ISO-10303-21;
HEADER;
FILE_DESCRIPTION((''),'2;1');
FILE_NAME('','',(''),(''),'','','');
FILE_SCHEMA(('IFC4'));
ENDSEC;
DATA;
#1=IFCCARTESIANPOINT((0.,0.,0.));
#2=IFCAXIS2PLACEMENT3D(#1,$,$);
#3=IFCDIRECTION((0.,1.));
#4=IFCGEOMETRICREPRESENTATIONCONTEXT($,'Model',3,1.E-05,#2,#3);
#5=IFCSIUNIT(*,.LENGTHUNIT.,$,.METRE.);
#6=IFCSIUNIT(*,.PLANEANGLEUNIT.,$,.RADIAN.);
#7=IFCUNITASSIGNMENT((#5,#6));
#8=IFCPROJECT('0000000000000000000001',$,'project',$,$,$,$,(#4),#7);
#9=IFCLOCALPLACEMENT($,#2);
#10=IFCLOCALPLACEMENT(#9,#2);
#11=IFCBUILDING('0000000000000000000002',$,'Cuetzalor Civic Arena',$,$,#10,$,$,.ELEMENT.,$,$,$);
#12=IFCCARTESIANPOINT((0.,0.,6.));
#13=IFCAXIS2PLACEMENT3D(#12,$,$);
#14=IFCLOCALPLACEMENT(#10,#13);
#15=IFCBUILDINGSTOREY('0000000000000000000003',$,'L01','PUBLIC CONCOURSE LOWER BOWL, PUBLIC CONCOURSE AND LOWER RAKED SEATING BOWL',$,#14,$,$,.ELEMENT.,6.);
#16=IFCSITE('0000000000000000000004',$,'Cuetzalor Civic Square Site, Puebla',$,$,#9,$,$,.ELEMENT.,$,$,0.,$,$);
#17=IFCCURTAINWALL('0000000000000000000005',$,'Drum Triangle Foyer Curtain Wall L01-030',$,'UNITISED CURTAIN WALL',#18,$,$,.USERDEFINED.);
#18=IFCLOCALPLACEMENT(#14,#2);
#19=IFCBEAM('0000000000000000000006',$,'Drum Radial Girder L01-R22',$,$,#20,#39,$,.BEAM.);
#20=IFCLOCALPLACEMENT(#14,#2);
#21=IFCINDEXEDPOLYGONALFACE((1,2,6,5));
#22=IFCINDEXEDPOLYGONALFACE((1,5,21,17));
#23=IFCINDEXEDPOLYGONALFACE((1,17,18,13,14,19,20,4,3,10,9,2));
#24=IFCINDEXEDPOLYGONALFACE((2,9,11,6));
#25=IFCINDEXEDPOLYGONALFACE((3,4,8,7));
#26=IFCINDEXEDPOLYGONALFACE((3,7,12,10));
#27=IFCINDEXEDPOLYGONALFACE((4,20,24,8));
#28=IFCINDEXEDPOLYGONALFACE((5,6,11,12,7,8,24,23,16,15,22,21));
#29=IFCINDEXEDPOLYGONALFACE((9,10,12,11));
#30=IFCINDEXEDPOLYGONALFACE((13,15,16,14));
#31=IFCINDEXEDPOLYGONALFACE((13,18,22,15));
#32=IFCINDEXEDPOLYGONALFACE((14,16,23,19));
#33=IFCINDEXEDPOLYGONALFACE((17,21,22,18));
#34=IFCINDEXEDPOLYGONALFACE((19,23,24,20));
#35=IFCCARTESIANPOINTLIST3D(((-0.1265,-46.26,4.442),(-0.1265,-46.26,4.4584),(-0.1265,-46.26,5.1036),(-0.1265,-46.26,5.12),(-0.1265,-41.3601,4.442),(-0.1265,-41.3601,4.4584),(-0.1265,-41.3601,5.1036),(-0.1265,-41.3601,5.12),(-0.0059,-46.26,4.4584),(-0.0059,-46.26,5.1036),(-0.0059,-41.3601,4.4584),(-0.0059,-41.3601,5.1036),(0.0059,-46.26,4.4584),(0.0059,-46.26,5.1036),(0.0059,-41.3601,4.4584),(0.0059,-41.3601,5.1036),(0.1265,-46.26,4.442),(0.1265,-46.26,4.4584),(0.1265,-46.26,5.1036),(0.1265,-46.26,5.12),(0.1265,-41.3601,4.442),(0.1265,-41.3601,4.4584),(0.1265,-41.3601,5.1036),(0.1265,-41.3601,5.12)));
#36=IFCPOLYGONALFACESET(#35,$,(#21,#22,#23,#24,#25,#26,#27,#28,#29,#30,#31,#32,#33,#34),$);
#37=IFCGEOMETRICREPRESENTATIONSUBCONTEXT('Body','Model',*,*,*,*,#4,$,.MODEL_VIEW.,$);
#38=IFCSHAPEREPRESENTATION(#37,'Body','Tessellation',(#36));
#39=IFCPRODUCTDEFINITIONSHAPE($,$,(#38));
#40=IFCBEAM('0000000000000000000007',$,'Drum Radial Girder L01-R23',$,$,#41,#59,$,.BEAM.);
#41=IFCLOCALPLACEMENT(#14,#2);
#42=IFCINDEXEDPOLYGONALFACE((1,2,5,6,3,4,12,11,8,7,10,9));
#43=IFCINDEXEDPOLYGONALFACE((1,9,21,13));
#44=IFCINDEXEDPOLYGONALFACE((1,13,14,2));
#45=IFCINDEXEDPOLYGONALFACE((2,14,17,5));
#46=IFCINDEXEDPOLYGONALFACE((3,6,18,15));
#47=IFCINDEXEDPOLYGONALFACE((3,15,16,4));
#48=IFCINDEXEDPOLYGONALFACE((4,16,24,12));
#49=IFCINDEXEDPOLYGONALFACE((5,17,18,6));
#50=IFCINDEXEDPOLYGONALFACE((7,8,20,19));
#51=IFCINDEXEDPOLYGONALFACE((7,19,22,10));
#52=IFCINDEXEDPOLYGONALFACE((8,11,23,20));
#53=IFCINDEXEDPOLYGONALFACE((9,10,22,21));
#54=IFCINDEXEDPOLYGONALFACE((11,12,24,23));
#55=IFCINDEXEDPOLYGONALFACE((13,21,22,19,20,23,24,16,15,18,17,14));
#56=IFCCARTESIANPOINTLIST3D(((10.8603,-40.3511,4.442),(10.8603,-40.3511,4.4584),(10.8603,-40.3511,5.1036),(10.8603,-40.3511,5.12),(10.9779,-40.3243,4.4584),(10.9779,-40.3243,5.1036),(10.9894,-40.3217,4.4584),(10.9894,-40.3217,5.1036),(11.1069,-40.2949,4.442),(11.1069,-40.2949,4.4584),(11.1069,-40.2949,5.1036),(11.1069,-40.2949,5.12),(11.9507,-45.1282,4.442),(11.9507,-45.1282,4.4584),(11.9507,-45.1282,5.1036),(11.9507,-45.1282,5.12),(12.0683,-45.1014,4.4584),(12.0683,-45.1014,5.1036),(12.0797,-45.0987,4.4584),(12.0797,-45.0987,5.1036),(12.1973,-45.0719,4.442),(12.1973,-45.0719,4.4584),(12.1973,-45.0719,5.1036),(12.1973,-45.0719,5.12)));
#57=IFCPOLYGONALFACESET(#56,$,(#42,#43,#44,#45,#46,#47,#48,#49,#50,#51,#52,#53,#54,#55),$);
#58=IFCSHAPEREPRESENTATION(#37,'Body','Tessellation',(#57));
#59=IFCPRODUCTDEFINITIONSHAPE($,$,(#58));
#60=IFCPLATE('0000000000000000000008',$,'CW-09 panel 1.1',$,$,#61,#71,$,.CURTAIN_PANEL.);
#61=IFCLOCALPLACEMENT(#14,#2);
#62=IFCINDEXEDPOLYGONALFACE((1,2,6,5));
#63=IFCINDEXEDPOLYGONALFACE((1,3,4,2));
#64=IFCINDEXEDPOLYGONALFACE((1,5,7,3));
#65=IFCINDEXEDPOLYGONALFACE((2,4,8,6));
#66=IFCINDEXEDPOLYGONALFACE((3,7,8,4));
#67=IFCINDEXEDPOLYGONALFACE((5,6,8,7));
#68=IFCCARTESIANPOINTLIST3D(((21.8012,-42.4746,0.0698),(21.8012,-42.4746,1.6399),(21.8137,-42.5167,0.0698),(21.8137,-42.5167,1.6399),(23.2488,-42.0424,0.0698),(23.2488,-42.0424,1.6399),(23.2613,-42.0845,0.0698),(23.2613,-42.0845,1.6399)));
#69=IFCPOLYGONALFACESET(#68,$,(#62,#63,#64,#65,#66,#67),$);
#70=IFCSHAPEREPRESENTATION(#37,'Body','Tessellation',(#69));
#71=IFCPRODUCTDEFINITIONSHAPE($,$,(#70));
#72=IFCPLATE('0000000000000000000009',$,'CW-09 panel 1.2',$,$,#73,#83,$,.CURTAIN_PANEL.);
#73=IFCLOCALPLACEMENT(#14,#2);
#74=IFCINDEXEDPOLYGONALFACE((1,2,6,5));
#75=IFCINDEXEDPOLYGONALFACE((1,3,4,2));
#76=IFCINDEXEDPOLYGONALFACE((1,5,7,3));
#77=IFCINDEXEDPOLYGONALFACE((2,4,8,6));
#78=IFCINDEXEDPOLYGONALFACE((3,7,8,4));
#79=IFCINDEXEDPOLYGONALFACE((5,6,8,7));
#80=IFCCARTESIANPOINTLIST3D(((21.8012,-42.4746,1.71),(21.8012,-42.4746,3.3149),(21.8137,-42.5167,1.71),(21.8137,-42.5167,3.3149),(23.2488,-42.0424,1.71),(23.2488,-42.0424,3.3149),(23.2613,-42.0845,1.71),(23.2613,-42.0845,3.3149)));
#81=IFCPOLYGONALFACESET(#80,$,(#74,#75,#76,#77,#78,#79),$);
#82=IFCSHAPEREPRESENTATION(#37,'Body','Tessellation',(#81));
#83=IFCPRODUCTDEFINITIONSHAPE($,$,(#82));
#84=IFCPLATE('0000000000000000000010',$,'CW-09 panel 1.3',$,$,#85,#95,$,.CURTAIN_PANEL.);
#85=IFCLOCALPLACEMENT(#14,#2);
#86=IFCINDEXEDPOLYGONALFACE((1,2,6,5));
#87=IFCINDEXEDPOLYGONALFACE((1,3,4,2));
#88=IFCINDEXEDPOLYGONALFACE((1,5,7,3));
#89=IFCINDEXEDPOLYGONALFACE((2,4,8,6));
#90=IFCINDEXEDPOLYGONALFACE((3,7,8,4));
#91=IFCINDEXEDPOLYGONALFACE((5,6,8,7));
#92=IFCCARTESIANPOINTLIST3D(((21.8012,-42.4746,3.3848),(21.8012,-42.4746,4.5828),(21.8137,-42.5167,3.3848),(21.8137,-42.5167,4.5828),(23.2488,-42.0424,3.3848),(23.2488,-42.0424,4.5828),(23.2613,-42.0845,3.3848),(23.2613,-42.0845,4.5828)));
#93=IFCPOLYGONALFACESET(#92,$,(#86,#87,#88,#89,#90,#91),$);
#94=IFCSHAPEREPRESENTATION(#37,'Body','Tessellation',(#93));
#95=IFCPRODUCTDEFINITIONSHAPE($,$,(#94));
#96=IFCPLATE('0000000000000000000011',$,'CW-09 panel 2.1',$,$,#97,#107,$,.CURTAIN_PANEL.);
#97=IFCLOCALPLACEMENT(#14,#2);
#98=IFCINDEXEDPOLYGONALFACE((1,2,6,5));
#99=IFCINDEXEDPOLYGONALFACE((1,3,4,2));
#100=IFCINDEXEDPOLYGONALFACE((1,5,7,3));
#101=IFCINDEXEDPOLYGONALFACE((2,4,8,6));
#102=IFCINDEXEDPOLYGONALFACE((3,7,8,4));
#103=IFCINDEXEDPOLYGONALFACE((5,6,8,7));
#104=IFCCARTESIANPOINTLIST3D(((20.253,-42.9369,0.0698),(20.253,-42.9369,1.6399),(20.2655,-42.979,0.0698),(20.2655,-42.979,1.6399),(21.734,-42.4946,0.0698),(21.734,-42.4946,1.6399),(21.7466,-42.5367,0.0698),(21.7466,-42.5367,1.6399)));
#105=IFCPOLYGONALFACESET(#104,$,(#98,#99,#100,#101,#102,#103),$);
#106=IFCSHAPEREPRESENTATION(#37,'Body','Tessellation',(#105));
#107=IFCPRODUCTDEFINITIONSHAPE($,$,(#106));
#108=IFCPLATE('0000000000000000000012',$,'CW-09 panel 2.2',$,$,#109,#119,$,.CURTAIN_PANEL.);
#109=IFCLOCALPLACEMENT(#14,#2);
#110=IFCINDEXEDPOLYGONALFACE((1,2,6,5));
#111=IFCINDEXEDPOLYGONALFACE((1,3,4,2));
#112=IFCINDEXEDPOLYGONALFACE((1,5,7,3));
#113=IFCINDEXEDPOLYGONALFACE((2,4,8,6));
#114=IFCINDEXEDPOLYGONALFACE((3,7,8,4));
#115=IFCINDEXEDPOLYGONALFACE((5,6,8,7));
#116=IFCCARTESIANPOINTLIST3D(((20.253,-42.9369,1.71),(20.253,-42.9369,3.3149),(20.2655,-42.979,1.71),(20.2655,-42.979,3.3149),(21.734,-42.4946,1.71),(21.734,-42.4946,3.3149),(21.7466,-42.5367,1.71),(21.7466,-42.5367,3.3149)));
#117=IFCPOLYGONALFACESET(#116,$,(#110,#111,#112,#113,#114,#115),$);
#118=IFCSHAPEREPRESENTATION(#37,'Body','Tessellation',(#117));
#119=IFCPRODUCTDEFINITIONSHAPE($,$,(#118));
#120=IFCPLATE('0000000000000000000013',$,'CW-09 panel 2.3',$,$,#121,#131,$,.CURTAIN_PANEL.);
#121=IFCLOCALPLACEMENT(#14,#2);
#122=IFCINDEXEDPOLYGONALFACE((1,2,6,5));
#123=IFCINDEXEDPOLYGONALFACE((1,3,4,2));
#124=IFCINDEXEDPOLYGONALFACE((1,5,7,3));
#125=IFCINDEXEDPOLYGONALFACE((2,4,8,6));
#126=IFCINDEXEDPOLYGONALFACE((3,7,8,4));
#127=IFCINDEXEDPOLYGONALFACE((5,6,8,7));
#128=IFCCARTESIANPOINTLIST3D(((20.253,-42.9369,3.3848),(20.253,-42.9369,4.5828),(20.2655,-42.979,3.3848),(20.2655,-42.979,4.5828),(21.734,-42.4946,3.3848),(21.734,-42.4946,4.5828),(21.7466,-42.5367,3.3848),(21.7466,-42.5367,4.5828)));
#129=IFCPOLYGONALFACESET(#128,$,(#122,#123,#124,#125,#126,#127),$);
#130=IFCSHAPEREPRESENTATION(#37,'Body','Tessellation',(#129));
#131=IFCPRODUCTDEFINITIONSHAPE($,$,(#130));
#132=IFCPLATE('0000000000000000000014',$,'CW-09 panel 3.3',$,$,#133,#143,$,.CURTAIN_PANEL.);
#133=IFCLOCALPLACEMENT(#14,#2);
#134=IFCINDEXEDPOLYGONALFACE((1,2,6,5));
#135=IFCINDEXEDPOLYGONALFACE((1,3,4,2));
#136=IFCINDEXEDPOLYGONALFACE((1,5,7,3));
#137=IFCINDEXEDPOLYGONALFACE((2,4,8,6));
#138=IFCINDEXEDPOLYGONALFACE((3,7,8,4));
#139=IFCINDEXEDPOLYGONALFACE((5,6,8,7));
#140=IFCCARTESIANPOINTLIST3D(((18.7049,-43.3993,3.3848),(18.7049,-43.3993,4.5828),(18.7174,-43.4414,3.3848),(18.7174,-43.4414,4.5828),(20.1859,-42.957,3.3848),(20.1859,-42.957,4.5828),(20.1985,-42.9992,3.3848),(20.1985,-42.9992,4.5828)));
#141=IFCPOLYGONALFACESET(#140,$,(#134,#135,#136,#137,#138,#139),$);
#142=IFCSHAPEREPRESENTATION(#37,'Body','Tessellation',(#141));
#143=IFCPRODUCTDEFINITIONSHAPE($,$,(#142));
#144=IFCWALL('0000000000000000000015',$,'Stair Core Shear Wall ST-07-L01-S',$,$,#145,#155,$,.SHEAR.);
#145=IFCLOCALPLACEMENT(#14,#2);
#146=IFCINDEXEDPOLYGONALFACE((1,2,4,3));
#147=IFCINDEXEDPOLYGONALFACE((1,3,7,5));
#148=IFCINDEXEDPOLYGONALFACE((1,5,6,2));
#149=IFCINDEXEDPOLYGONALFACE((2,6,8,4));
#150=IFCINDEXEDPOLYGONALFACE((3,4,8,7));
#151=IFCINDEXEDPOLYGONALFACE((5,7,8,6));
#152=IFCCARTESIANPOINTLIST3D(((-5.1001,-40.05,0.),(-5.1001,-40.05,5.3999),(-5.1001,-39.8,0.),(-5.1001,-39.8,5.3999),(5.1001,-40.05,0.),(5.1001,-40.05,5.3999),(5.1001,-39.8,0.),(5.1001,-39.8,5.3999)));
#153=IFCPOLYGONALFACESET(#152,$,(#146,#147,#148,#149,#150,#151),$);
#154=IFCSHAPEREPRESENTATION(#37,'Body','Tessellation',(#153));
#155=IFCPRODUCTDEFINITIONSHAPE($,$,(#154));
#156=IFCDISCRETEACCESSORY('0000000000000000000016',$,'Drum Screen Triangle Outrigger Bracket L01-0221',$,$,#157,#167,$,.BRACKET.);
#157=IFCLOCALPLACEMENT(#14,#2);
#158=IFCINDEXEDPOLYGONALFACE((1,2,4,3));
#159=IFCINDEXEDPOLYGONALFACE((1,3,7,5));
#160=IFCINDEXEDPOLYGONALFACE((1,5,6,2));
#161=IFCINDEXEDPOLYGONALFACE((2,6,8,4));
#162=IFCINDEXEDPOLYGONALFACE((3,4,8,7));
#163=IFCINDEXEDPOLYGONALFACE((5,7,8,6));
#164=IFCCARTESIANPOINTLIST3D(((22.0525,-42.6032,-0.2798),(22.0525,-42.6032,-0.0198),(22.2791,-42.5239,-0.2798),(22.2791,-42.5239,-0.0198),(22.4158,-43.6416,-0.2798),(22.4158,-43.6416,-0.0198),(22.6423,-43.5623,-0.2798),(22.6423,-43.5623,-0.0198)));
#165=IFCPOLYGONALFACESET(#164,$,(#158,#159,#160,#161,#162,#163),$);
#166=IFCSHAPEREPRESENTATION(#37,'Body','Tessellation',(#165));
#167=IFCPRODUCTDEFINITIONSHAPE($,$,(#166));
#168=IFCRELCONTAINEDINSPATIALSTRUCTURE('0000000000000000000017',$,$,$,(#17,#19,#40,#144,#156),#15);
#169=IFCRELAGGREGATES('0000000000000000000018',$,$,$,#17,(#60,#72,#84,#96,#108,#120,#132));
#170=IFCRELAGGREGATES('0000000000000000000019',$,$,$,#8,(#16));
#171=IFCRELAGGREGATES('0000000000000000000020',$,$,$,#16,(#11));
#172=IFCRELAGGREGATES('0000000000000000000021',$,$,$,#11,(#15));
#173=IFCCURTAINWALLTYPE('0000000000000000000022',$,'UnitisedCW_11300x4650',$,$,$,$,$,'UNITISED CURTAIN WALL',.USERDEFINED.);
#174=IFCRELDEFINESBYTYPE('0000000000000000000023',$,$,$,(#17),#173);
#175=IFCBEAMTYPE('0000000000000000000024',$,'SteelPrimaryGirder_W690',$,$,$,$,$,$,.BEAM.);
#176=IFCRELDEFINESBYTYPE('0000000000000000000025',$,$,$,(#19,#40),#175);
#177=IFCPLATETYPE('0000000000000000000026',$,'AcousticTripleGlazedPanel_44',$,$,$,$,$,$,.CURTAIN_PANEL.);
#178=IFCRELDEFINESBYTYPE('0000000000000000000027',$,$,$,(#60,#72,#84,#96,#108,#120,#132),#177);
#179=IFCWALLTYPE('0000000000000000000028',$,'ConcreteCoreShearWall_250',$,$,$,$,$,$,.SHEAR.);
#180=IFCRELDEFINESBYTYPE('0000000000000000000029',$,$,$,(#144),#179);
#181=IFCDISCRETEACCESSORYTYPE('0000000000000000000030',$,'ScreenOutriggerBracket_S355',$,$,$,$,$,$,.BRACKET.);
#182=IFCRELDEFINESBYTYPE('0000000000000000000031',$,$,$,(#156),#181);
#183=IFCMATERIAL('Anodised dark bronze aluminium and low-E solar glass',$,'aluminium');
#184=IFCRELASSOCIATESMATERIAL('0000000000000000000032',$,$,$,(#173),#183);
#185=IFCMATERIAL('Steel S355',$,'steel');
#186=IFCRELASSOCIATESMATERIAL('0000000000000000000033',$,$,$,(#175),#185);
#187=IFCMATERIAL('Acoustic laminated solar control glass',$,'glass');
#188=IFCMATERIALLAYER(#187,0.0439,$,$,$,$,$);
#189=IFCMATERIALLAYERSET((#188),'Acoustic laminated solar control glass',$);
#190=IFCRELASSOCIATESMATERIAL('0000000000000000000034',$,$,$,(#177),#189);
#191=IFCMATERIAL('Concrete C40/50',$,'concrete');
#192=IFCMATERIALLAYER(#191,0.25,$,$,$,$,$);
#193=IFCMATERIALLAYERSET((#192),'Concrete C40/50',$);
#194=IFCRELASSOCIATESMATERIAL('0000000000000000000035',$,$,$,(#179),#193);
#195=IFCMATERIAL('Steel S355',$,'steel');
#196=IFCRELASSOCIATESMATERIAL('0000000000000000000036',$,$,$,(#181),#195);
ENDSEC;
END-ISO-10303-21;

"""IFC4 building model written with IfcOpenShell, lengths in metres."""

from ifc_helpers import new_model, si_unit, direction, frame, frame_2d, origin, origin_2d, place, context, subcontext, project, spatial, rectangle, i_section, extrude, material, layer, layer_set, material_profile, profile_set, type_object, element, aggregate, save


model = new_model("IFC4")

# Units and contexts
model_context = context("Model", 3, precision=1e-05, world=origin(), true_north=direction((0.0, 1.0)))
body_context = subcontext(model_context, "Body", "Model", "MODEL_VIEW")
ifc_project = project(units=[si_unit("LENGTHUNIT", "METRE"), si_unit("PLANEANGLEUNIT", "RADIAN")], contexts=[model_context])

# Site, building, storey
site_placement = place(None, origin())
site = spatial("IfcSite", under=ifc_project, at=site_placement, Name="Cuetzalor Civic Square Site, Puebla", CompositionType="ELEMENT", RefElevation=0.0)
building_placement = place(site_placement, origin())
building = spatial("IfcBuilding", under=site, at=building_placement, Name="Cuetzalor Civic Arena", CompositionType="ELEMENT")
storey_placement = place(building_placement, frame((0.0, 0.0, 6.0)))
storey = spatial("IfcBuildingStorey", under=building, at=storey_placement, Name="L01", Description="PUBLIC CONCOURSE LOWER BOWL, PUBLIC CONCOURSE AND LOWER RAKED SEATING BOWL", CompositionType="ELEMENT", Elevation=6.0)

# Curtain wall
ifc_material_1 = material(Name="Anodised dark bronze aluminium and low-E solar glass", Category="aluminium")
curtain_wall_type = type_object("IfcCurtainWallType", Name="UnitisedCW_11300x4650", ElementType="UNITISED CURTAIN WALL", PredefinedType="USERDEFINED", material=ifc_material_1)
curtain_wall_placement = place(storey_placement, origin())
curtain_wall = element("IfcCurtainWall", 1, at=curtain_wall_placement, inside=storey, type_object=curtain_wall_type, Name="Drum Triangle Foyer Curtain Wall L01-030", ObjectType="UNITISED CURTAIN WALL", PredefinedType="USERDEFINED")

# Beams
ifc_material_2 = material(Name="Steel S355", Category="steel")
ifc_material_profile_1 = material_profile(ifc_material_2, i_section(OverallWidth=0.2529, OverallDepth=0.678, WebThickness=0.0117, FlangeThickness=0.0164, at=origin_2d()), Name="W690x125")
ifc_profile_set_1 = profile_set([ifc_material_profile_1], Name="Steel S355")
beam_type_1 = type_object("IfcBeamType", Name="SteelPrimaryGirder_W690", PredefinedType="BEAM", material=ifc_profile_set_1)
for number, where, z_axis, x_axis, name in (
    (2, (0.0, -41.3601, 4.781), (0.0, -1.0, 0.0), (1.0, 0.0, 0.0), "Drum Radial Girder L01-R22"),
    (3, (10.9836, -40.323, 4.781), (0.222519, -0.974928, 0.0), (0.974928, 0.222519, 0.0), "Drum Radial Girder L01-R23"),
):
    element("IfcBeam", number, at=place(storey_placement, frame(where, z_axis=z_axis, x_axis=x_axis)), inside=storey, type_object=beam_type_1, Name=name, PredefinedType="BEAM", context=body_context, shape_type="SweptSolid", body=[
        extrude(i_section(OverallWidth=0.2529, OverallDepth=0.678, WebThickness=0.0117, FlangeThickness=0.0164, at=origin_2d()), origin(), (0.0, 0.0, 1.0), 4.8999),
    ])

# Plates
ifc_material_3 = material(Name="Acoustic laminated solar control glass", Category="glass")
ifc_layer_1 = layer(ifc_material_3, 0.0439)
ifc_layer_set_1 = layer_set([ifc_layer_1], Name="Acoustic laminated solar control glass")
plate_type = type_object("IfcPlateType", Name="AcousticTripleGlazedPanel_44", PredefinedType="CURTAIN_PANEL", material=ifc_layer_set_1)
plate_1_placement = place(storey_placement, frame((22.5312, -42.2795, 0.0698), z_axis=(0.0, 0.0, 1.0), x_axis=(-0.958194, -0.28612, 0.0)))
plate_1 = element("IfcPlate", 4, at=plate_1_placement, type_object=plate_type, Name="CW-09 panel 1.1", PredefinedType="CURTAIN_PANEL", context=body_context, shape_type="SweptSolid", body=[
    extrude(rectangle(XDim=1.5107, YDim=0.0439, at=origin_2d()), origin(), (0.0, 0.0, 1.0), 1.5701),
])
plate_2_placement = place(storey_placement, frame((22.5312, -42.2795, 1.71), z_axis=(0.0, 0.0, 1.0), x_axis=(-0.958194, -0.28612, 0.0)))
plate_2 = element("IfcPlate", 5, at=plate_2_placement, type_object=plate_type, Name="CW-09 panel 1.2", PredefinedType="CURTAIN_PANEL", context=body_context, shape_type="SweptSolid", body=[
    extrude(rectangle(XDim=1.5107, YDim=0.0439, at=origin_2d()), origin(), (0.0, 0.0, 1.0), 1.605),
])
plate_3_placement = place(storey_placement, frame((22.5312, -42.2795, 3.3848), z_axis=(0.0, 0.0, 1.0), x_axis=(-0.958194, -0.28612, 0.0)))
plate_3 = element("IfcPlate", 6, at=plate_3_placement, type_object=plate_type, Name="CW-09 panel 1.3", PredefinedType="CURTAIN_PANEL", context=body_context, shape_type="SweptSolid", body=[
    extrude(rectangle(XDim=1.5107, YDim=0.0439, at=origin_2d()), origin(), (0.0, 0.0, 1.0), 1.198),
])
plate_4_placement = place(storey_placement, frame((20.9998, -42.7368, 0.0698), z_axis=(0.0, 0.0, 1.0), x_axis=(-0.958194, -0.28612, 0.0)))
plate_4 = element("IfcPlate", 7, at=plate_4_placement, type_object=plate_type, Name="CW-09 panel 2.1", PredefinedType="CURTAIN_PANEL", context=body_context, shape_type="SweptSolid", body=[
    extrude(rectangle(XDim=1.5457, YDim=0.0439, at=origin_2d()), origin(), (0.0, 0.0, 1.0), 1.5701),
])
plate_5_placement = place(storey_placement, frame((20.9998, -42.7368, 1.71), z_axis=(0.0, 0.0, 1.0), x_axis=(-0.958194, -0.28612, 0.0)))
plate_5 = element("IfcPlate", 8, at=plate_5_placement, type_object=plate_type, Name="CW-09 panel 2.2", PredefinedType="CURTAIN_PANEL", context=body_context, shape_type="SweptSolid", body=[
    extrude(rectangle(XDim=1.5457, YDim=0.0439, at=origin_2d()), origin(), (0.0, 0.0, 1.0), 1.605),
])
plate_6_placement = place(storey_placement, frame((20.9998, -42.7368, 3.3848), z_axis=(0.0, 0.0, 1.0), x_axis=(-0.958194, -0.28612, 0.0)))
plate_6 = element("IfcPlate", 9, at=plate_6_placement, type_object=plate_type, Name="CW-09 panel 2.3", PredefinedType="CURTAIN_PANEL", context=body_context, shape_type="SweptSolid", body=[
    extrude(rectangle(XDim=1.5457, YDim=0.0439, at=origin_2d()), origin(), (0.0, 0.0, 1.0), 1.198),
])
plate_7_placement = place(storey_placement, frame((19.4517, -43.1992, 3.3848), z_axis=(0.0, 0.0, 1.0), x_axis=(-0.958194, -0.28612, 0.0)))
plate_7 = element("IfcPlate", 10, at=plate_7_placement, type_object=plate_type, Name="CW-09 panel 3.3", PredefinedType="CURTAIN_PANEL", context=body_context, shape_type="SweptSolid", body=[
    extrude(rectangle(XDim=1.5457, YDim=0.0439, at=origin_2d()), origin(), (0.0, 0.0, 1.0), 1.198),
])
aggregate(curtain_wall, [plate_1, plate_2, plate_3, plate_4, plate_5, plate_6, plate_7])

# Wall
ifc_material_4 = material(Name="Concrete C40/50", Category="concrete")
ifc_layer_2 = layer(ifc_material_4, 0.25)
ifc_layer_set_2 = layer_set([ifc_layer_2], Name="Concrete C40/50")
wall_type = type_object("IfcWallType", Name="ConcreteCoreShearWall_250", PredefinedType="SHEAR", material=ifc_layer_set_2)
wall_placement = place(storey_placement, frame((5.1001, -39.925, 0.0), z_axis=(0.0, 0.0, 1.0), x_axis=(-1.0, 0.0, 0.0)))
element("IfcWall", 11, at=wall_placement, inside=storey, type_object=wall_type, Name="Stair Core Shear Wall ST-07-L01-S", PredefinedType="SHEAR", context=body_context, shape_type="SweptSolid", body=[
    extrude(rectangle(XDim=10.2002, YDim=0.25, at=frame_2d((5.1001, 0.0))), origin(), (0.0, 0.0, 1.0), 5.3999),
])

# Discrete accessory
ifc_material_5 = material(Name="Steel S355", Category="steel")
discrete_accessory_type = type_object("IfcDiscreteAccessoryType", Name="ScreenOutriggerBracket_S355", PredefinedType="BRACKET", material=ifc_material_5)
discrete_accessory_placement = place(storey_placement, frame((22.3474, -43.0828, -0.2798), z_axis=(0.0, 0.0, 1.0), x_axis=(0.330185, -0.943916, 0.0)))
element("IfcDiscreteAccessory", 12, at=discrete_accessory_placement, inside=storey, type_object=discrete_accessory_type, Name="Drum Screen Triangle Outrigger Bracket L01-0221", PredefinedType="BRACKET", context=body_context, shape_type="SweptSolid", body=[
    extrude(rectangle(XDim=1.1001, YDim=0.24, at=origin_2d()), origin(), (0.0, 0.0, 1.0), 0.26),
])

save(model, "model.ifc")
